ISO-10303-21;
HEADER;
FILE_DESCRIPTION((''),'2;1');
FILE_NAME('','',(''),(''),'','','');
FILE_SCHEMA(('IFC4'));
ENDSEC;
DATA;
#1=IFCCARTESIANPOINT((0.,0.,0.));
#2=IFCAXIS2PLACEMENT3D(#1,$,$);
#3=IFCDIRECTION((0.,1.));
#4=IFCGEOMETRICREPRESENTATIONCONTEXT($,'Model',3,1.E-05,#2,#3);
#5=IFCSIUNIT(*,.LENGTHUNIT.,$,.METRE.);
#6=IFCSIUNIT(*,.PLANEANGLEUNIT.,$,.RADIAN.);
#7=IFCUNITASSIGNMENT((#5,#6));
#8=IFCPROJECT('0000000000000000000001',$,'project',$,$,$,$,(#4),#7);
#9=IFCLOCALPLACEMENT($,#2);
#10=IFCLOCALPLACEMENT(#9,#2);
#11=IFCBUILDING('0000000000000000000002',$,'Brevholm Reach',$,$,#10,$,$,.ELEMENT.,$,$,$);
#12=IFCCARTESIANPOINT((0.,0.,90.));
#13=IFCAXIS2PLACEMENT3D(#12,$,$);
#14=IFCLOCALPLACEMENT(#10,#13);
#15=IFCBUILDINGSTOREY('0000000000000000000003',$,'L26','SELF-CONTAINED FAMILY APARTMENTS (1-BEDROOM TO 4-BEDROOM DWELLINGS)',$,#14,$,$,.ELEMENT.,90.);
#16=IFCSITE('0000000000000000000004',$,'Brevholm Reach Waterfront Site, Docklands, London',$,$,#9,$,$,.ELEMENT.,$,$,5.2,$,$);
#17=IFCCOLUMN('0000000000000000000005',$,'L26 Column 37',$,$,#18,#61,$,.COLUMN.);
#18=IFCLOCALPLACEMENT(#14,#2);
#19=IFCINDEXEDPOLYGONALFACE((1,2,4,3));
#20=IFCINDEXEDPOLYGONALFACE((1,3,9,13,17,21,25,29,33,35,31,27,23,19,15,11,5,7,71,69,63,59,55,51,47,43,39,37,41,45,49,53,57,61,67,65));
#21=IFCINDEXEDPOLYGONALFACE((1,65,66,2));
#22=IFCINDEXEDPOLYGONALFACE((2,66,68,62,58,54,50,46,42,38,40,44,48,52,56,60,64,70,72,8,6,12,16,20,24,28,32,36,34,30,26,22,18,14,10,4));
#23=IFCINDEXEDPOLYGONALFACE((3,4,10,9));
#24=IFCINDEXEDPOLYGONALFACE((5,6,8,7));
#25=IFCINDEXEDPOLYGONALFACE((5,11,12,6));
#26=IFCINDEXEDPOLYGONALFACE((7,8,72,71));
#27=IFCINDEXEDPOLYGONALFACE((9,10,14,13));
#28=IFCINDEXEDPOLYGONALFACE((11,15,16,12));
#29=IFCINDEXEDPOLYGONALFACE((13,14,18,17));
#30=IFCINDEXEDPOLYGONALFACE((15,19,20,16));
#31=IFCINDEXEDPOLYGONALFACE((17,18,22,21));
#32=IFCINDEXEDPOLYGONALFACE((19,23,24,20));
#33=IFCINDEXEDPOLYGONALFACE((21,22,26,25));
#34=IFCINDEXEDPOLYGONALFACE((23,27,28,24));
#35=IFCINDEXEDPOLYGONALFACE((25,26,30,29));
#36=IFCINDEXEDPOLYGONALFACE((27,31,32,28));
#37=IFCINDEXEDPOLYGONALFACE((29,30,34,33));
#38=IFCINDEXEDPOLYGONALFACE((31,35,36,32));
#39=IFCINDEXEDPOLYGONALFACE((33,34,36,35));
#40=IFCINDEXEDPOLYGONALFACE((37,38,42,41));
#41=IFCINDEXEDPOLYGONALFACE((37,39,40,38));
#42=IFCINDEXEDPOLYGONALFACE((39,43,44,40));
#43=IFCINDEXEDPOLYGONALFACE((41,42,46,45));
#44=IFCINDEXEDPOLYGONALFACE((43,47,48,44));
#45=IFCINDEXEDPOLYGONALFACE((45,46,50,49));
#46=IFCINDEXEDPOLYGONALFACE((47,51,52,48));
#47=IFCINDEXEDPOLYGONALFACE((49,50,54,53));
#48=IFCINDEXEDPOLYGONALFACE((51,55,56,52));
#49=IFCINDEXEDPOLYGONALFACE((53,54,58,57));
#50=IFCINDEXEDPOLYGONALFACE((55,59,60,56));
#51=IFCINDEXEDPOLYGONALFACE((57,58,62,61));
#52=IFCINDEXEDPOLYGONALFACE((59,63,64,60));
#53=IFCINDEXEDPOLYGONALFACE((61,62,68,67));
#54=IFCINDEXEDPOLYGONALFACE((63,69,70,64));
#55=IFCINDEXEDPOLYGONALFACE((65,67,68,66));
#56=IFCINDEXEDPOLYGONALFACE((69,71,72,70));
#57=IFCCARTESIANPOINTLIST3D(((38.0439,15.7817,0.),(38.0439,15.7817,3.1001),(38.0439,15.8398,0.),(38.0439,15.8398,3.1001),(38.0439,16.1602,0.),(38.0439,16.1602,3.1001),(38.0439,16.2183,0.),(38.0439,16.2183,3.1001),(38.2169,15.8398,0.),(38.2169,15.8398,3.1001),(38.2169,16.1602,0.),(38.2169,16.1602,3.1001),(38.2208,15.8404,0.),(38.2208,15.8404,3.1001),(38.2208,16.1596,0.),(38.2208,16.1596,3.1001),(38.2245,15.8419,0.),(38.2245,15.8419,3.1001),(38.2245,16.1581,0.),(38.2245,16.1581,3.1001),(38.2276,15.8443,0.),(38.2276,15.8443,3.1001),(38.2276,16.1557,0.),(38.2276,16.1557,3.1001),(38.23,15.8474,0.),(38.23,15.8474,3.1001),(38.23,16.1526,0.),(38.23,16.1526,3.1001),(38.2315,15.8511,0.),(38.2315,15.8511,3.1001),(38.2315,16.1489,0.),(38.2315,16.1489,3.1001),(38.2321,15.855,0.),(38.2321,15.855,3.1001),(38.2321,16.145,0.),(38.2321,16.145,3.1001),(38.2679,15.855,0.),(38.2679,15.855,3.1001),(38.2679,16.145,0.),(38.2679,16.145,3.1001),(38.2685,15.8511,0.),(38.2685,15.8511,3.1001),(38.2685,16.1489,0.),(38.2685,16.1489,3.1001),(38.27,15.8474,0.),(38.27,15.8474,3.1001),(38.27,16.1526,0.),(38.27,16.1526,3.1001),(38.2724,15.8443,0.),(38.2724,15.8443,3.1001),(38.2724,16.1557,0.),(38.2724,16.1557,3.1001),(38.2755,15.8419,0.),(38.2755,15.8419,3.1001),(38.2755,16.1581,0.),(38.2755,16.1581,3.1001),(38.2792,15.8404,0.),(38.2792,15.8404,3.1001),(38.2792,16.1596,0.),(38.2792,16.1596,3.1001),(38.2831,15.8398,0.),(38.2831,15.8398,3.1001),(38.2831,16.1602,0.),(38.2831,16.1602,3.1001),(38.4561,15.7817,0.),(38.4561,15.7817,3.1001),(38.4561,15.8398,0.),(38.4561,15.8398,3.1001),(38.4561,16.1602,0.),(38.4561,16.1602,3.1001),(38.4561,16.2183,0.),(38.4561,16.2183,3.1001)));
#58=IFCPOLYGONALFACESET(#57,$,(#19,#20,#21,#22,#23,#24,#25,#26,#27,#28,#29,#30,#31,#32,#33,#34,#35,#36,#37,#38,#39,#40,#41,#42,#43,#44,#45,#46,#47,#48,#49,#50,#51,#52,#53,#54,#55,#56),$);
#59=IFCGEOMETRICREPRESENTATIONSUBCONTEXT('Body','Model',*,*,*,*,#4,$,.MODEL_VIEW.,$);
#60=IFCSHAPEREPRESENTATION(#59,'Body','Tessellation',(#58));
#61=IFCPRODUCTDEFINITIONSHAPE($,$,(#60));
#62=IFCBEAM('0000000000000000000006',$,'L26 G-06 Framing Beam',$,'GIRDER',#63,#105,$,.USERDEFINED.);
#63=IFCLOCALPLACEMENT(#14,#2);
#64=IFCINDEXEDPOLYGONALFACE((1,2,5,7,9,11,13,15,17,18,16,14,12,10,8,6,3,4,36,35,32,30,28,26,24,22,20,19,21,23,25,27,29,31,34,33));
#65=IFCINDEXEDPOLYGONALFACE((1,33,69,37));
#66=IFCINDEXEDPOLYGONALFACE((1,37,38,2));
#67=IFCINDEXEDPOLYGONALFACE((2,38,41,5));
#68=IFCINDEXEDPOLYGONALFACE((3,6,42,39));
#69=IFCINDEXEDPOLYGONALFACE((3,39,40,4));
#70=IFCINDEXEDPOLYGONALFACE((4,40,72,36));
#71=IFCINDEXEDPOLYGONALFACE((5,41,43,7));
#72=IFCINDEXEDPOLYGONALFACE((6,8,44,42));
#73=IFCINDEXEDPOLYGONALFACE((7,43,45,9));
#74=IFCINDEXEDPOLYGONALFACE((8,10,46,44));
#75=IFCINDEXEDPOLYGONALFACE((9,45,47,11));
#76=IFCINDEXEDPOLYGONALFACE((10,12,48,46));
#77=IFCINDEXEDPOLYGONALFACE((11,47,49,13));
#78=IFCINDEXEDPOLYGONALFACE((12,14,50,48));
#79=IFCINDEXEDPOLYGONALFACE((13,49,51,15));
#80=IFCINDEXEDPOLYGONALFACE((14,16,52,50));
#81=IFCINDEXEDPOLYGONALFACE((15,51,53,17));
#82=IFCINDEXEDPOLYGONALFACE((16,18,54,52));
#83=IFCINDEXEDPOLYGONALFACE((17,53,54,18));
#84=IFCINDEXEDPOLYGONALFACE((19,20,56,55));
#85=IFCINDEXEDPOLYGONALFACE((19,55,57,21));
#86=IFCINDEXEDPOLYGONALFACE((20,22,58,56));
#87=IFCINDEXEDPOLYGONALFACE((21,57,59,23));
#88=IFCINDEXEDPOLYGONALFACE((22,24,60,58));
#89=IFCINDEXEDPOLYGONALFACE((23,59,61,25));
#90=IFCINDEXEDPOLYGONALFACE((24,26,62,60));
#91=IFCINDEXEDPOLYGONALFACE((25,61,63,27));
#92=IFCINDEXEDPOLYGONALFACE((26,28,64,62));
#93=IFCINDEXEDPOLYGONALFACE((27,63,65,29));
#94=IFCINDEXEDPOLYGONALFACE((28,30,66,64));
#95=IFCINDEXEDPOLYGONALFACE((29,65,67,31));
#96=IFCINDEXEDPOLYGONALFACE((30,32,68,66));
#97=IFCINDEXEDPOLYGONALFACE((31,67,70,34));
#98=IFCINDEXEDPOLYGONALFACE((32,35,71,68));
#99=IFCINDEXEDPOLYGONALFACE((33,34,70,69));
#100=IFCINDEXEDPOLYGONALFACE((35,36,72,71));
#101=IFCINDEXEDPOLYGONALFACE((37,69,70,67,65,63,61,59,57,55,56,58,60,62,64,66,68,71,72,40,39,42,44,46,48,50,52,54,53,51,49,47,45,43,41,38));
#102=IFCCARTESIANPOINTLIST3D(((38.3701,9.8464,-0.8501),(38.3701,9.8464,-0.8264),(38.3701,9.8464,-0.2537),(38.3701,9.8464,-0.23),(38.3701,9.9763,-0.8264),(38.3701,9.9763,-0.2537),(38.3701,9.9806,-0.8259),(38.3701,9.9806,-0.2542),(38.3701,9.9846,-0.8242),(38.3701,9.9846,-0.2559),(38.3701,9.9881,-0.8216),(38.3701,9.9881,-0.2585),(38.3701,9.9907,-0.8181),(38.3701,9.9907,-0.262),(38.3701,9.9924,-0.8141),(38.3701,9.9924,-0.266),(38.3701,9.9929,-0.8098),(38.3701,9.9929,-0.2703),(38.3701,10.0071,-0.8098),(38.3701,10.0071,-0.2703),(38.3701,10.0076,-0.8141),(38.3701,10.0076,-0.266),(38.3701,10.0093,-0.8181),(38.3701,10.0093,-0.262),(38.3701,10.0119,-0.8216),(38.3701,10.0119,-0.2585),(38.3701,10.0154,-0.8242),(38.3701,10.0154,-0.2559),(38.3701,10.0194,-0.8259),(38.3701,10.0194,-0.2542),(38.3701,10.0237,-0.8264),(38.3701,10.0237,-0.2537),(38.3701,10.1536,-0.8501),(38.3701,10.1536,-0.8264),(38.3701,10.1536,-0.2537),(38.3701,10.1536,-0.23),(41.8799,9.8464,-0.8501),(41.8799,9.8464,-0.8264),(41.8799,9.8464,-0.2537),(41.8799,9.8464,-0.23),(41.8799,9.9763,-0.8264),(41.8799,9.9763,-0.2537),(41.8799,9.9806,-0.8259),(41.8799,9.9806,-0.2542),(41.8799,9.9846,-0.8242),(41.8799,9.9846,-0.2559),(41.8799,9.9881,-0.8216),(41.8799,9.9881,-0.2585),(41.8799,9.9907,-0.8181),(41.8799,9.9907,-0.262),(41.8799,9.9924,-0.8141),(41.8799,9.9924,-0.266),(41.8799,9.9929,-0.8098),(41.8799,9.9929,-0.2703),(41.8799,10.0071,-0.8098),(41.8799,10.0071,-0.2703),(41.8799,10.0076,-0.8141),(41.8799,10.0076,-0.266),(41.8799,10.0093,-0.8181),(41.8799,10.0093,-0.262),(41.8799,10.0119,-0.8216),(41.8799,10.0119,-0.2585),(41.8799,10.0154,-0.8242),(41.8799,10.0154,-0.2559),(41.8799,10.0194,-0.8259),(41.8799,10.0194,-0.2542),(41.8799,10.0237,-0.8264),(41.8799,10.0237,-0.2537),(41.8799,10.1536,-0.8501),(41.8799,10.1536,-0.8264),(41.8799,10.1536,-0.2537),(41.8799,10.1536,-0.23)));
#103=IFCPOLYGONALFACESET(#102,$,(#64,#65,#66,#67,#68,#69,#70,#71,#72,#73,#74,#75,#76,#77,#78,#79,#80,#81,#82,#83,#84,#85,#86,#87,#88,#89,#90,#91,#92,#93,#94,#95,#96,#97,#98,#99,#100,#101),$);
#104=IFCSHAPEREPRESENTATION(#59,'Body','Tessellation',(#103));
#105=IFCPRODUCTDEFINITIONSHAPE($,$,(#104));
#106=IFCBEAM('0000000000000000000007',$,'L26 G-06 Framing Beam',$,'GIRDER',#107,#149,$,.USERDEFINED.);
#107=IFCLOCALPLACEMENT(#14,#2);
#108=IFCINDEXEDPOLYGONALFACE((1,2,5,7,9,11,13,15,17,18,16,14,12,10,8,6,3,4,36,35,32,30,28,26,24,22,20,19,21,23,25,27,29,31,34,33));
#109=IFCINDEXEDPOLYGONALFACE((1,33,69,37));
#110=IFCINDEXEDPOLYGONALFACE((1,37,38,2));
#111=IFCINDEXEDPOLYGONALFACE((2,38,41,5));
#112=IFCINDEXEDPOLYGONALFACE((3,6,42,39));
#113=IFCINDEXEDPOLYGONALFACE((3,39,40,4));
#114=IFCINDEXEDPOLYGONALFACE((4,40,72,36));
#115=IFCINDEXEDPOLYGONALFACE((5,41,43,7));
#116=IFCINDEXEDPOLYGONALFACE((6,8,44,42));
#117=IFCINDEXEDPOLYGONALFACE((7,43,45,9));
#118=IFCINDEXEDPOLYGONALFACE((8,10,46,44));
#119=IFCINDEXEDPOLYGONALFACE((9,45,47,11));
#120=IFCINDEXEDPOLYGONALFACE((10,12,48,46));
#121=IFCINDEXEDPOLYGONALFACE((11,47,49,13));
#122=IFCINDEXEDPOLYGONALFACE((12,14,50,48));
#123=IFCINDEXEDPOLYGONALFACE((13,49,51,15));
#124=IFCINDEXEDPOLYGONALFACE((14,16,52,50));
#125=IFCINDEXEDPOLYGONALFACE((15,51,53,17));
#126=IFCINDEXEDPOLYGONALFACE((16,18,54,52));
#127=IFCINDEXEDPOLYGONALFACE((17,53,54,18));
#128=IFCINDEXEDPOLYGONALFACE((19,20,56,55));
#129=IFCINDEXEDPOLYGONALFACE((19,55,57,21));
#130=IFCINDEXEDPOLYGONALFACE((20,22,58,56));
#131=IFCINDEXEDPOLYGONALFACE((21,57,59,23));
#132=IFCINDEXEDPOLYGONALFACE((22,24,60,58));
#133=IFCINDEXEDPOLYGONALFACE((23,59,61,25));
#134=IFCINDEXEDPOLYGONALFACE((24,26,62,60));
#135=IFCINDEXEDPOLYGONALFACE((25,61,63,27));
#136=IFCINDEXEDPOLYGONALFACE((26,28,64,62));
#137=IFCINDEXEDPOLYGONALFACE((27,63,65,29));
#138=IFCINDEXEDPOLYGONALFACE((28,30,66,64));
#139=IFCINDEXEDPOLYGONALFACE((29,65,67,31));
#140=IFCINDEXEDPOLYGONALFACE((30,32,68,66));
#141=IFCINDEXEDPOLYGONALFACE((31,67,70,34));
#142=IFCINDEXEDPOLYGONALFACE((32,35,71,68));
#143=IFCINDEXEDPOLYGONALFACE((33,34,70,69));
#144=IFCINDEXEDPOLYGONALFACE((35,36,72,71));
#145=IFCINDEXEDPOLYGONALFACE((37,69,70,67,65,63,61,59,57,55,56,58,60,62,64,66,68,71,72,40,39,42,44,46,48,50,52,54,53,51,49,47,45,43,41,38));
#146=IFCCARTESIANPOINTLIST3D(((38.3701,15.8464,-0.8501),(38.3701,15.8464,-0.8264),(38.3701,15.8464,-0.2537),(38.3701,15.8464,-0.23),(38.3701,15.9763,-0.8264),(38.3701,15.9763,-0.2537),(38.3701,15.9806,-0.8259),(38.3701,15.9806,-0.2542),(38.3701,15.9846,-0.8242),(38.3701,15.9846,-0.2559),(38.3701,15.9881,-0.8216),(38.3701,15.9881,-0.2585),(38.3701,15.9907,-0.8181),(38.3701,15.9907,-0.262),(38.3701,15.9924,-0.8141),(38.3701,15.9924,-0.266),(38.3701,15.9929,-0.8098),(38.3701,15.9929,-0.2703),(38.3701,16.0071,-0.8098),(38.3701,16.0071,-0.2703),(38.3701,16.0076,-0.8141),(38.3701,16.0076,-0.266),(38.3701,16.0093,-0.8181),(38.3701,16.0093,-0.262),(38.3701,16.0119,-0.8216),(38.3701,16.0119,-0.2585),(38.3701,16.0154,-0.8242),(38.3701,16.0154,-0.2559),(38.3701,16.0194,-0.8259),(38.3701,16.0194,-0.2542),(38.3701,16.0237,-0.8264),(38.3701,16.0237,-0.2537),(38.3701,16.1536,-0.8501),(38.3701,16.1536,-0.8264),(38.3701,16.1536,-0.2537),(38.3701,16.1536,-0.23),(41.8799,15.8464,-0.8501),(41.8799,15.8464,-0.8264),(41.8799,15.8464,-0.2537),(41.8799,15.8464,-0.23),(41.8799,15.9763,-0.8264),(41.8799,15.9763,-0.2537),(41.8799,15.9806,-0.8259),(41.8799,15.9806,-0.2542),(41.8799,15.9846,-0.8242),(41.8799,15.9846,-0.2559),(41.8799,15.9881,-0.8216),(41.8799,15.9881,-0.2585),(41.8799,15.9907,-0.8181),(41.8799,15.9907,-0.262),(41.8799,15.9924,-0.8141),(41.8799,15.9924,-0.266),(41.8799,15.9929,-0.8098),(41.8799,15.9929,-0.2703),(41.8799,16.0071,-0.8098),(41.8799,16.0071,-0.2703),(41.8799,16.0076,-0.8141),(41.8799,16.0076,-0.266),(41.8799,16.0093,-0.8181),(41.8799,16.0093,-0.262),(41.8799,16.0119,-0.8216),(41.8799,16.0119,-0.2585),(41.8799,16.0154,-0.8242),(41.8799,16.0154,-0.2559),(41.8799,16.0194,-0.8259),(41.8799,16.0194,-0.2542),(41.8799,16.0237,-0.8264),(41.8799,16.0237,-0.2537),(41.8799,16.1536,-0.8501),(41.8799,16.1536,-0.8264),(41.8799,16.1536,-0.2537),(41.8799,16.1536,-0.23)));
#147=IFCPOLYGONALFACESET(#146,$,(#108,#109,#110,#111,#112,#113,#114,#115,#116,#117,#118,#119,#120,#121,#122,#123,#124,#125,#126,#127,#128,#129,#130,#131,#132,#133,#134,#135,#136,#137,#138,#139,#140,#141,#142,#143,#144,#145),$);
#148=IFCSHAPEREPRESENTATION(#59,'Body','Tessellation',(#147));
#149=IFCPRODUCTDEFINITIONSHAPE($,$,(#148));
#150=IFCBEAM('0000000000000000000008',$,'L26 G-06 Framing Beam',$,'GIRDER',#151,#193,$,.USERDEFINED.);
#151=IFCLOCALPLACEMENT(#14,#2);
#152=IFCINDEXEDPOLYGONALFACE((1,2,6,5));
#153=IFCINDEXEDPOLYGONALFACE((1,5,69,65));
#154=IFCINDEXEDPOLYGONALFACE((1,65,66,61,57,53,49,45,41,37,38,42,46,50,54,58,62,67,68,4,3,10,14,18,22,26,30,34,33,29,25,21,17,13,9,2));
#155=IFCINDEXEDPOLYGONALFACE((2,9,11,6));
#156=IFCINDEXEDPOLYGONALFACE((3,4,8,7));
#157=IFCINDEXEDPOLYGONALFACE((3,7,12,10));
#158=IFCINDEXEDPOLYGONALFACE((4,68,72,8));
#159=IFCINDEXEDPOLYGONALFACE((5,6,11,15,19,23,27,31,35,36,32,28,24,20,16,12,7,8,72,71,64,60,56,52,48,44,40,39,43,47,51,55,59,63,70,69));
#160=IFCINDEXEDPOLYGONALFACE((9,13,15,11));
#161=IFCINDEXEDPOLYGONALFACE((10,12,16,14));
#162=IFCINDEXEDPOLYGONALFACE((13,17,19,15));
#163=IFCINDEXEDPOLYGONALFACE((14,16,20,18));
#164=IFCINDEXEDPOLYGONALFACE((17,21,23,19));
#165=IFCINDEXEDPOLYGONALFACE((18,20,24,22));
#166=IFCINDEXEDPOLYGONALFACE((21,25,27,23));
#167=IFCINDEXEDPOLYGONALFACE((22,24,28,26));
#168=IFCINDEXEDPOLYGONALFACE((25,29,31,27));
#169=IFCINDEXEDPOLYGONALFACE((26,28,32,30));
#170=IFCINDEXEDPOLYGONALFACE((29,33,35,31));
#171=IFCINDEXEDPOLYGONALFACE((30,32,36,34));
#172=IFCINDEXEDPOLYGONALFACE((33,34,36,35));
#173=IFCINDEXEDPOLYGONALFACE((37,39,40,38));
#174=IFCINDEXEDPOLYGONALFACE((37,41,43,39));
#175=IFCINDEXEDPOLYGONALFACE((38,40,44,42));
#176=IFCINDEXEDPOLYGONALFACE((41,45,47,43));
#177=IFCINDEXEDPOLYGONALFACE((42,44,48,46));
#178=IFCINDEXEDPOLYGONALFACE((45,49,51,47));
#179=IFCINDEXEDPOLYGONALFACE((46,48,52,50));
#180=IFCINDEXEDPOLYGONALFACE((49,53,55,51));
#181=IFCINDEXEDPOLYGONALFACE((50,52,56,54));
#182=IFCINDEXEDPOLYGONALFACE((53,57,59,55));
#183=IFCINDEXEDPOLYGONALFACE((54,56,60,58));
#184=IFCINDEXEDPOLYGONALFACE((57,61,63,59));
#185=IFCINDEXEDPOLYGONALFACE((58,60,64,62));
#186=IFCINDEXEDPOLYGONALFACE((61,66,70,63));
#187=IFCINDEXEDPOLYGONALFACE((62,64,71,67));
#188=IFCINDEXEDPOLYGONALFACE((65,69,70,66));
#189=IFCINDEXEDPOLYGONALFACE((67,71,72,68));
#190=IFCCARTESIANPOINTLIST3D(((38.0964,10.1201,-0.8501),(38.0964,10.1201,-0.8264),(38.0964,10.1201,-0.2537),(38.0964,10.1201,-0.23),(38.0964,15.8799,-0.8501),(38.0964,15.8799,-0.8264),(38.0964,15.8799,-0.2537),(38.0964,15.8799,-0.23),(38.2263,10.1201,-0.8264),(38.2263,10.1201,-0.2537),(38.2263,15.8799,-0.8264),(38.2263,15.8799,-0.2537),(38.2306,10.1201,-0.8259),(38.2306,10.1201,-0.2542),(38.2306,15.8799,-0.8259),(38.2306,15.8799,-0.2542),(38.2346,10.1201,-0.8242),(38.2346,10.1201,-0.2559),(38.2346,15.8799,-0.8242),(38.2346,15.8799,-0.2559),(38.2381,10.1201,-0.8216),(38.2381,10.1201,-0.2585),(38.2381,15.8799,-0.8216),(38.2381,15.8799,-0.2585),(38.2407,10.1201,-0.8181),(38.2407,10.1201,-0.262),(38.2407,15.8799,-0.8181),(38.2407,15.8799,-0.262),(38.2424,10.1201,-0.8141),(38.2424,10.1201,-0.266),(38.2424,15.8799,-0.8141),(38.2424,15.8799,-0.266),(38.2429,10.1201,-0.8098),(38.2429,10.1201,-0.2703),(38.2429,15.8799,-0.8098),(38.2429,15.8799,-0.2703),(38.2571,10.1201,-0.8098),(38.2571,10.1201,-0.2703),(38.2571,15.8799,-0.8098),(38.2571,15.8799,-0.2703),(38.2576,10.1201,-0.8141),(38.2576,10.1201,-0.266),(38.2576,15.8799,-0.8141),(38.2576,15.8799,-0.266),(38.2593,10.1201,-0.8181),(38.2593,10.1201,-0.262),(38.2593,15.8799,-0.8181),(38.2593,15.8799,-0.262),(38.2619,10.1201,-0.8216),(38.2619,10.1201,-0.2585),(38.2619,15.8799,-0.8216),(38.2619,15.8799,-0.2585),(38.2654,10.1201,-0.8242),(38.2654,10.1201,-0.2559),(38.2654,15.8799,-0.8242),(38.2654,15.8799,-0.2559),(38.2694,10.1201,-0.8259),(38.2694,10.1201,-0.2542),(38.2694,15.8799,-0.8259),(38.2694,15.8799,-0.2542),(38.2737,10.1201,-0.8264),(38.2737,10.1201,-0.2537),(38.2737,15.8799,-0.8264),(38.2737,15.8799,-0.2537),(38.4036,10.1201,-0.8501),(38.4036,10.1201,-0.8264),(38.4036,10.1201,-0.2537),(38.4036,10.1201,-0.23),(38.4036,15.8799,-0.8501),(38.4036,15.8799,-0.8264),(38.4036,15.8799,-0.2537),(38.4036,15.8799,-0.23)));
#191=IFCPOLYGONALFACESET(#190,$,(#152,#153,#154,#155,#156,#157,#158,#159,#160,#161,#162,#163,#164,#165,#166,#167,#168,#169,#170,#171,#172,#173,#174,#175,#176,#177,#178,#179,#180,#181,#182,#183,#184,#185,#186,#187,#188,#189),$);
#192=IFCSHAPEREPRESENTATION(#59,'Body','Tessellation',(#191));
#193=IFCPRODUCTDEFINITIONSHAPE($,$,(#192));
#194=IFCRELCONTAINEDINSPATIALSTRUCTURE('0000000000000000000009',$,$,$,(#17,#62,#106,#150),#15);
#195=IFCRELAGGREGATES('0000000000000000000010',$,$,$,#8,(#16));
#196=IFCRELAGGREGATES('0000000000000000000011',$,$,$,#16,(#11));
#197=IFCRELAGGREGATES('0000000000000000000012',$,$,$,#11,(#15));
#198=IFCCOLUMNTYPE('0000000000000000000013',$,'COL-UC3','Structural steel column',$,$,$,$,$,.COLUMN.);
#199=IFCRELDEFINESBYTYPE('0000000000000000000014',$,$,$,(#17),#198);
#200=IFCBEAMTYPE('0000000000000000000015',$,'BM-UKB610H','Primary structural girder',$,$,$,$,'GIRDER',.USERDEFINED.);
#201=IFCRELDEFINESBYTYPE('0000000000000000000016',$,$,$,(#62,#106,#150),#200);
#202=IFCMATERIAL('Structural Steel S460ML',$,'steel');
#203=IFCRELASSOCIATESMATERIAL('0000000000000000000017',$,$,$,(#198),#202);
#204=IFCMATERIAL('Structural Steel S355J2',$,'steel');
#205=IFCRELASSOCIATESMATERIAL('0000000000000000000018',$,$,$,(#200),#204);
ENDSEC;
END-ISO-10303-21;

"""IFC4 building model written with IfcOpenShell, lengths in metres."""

from ifc_helpers import new_model, si_unit, direction, frame, origin, origin_2d, place, context, subcontext, project, spatial, i_section, extrude, material, material_profile, profile_set, type_object, element, save


model = new_model("IFC4")

# Units and contexts
model_context = context("Model", 3, precision=1e-05, world=origin(), true_north=direction((0.0, 1.0)))
body_context = subcontext(model_context, "Body", "Model", "MODEL_VIEW")
ifc_project = project(units=[si_unit("LENGTHUNIT", "METRE"), si_unit("PLANEANGLEUNIT", "RADIAN")], contexts=[model_context])

# Site, building, storey
site_placement = place(None, origin())
site = spatial("IfcSite", under=ifc_project, at=site_placement, Name="Brevholm Reach Waterfront Site, Docklands, London", CompositionType="ELEMENT", RefElevation=5.2)
building_placement = place(site_placement, origin())
building = spatial("IfcBuilding", under=site, at=building_placement, Name="Brevholm Reach", CompositionType="ELEMENT")
storey_placement = place(building_placement, frame((0.0, 0.0, 90.0)))
storey = spatial("IfcBuildingStorey", under=building, at=storey_placement, Name="L26", Description="SELF-CONTAINED FAMILY APARTMENTS (1-BEDROOM TO 4-BEDROOM DWELLINGS)", CompositionType="ELEMENT", Elevation=90.0)

# Column
ifc_material_1 = material(Name="Structural Steel S460ML", Category="steel")
ifc_material_profile_1 = material_profile(ifc_material_1, i_section(OverallWidth=0.4121, OverallDepth=0.4365, WebThickness=0.0359, FlangeThickness=0.0581, FilletRadius=0.0151, at=origin_2d()), Name="UKC 356x406x467")
ifc_profile_set_1 = profile_set([ifc_material_profile_1], Name="Structural Steel S460ML")
column_type = type_object("IfcColumnType", Name="COL-UC3", Description="Structural steel column", PredefinedType="COLUMN", material=ifc_profile_set_1)
column_placement = place(storey_placement, frame((38.25, 16.0, 0.0), z_axis=(0.0, 0.0, 1.0), x_axis=(1.0, 0.0, 0.0)))
element("IfcColumn", 1, at=column_placement, inside=storey, type_object=column_type, Name="L26 Column 37", PredefinedType="COLUMN", context=body_context, shape_type="SweptSolid", body=[
    extrude(i_section(OverallWidth=0.4121, OverallDepth=0.4365, WebThickness=0.0359, FlangeThickness=0.0581, FilletRadius=0.0151, at=origin_2d()), origin(), (0.0, 0.0, 1.0), 3.1001),
])

# Beams
ifc_material_2 = material(Name="Structural Steel S355J2", Category="steel")
ifc_material_profile_2 = material_profile(ifc_material_2, i_section(OverallWidth=0.3071, OverallDepth=0.6201, WebThickness=0.0142, FlangeThickness=0.0237, FilletRadius=0.0166, at=origin_2d()), Name="UKB 610x305x179")
ifc_profile_set_2 = profile_set([ifc_material_profile_2], Name="Structural Steel S355J2")
beam_type = type_object("IfcBeamType", Name="BM-UKB610H", Description="Primary structural girder", ElementType="GIRDER", PredefinedType="USERDEFINED", material=ifc_profile_set_2)
for number, where, z_axis, x_axis, name in (
    (2, (38.3701, 10.0, -0.54), (1.0, 0.0, 0.0), (0.0, 1.0, 0.0), "L26 G-06 Framing Beam"),
    (3, (38.3701, 16.0, -0.54), (1.0, 0.0, 0.0), (0.0, 1.0, 0.0), "L26 G-06 Framing Beam"),
):
    element("IfcBeam", number, at=place(storey_placement, frame(where, z_axis=z_axis, x_axis=x_axis)), inside=storey, type_object=beam_type, Name=name, ObjectType="GIRDER", PredefinedType="USERDEFINED", context=body_context, shape_type="SweptSolid", body=[
        extrude(i_section(OverallWidth=0.3071, OverallDepth=0.6201, WebThickness=0.0142, FlangeThickness=0.0237, FilletRadius=0.0166, at=origin_2d()), origin(), (0.0, 0.0, 1.0), 3.5098),
    ])
beam_placement = place(storey_placement, frame((38.25, 10.1201, -0.54), z_axis=(0.0, 1.0, 0.0), x_axis=(-1.0, 0.0, 0.0)))
element("IfcBeam", 4, at=beam_placement, inside=storey, type_object=beam_type, Name="L26 G-06 Framing Beam", ObjectType="GIRDER", PredefinedType="USERDEFINED", context=body_context, shape_type="SweptSolid", body=[
    extrude(i_section(OverallWidth=0.3071, OverallDepth=0.6201, WebThickness=0.0142, FlangeThickness=0.0237, FilletRadius=0.0166, at=origin_2d()), origin(), (0.0, 0.0, 1.0), 5.7598),
])

save(model, "model.ifc")
